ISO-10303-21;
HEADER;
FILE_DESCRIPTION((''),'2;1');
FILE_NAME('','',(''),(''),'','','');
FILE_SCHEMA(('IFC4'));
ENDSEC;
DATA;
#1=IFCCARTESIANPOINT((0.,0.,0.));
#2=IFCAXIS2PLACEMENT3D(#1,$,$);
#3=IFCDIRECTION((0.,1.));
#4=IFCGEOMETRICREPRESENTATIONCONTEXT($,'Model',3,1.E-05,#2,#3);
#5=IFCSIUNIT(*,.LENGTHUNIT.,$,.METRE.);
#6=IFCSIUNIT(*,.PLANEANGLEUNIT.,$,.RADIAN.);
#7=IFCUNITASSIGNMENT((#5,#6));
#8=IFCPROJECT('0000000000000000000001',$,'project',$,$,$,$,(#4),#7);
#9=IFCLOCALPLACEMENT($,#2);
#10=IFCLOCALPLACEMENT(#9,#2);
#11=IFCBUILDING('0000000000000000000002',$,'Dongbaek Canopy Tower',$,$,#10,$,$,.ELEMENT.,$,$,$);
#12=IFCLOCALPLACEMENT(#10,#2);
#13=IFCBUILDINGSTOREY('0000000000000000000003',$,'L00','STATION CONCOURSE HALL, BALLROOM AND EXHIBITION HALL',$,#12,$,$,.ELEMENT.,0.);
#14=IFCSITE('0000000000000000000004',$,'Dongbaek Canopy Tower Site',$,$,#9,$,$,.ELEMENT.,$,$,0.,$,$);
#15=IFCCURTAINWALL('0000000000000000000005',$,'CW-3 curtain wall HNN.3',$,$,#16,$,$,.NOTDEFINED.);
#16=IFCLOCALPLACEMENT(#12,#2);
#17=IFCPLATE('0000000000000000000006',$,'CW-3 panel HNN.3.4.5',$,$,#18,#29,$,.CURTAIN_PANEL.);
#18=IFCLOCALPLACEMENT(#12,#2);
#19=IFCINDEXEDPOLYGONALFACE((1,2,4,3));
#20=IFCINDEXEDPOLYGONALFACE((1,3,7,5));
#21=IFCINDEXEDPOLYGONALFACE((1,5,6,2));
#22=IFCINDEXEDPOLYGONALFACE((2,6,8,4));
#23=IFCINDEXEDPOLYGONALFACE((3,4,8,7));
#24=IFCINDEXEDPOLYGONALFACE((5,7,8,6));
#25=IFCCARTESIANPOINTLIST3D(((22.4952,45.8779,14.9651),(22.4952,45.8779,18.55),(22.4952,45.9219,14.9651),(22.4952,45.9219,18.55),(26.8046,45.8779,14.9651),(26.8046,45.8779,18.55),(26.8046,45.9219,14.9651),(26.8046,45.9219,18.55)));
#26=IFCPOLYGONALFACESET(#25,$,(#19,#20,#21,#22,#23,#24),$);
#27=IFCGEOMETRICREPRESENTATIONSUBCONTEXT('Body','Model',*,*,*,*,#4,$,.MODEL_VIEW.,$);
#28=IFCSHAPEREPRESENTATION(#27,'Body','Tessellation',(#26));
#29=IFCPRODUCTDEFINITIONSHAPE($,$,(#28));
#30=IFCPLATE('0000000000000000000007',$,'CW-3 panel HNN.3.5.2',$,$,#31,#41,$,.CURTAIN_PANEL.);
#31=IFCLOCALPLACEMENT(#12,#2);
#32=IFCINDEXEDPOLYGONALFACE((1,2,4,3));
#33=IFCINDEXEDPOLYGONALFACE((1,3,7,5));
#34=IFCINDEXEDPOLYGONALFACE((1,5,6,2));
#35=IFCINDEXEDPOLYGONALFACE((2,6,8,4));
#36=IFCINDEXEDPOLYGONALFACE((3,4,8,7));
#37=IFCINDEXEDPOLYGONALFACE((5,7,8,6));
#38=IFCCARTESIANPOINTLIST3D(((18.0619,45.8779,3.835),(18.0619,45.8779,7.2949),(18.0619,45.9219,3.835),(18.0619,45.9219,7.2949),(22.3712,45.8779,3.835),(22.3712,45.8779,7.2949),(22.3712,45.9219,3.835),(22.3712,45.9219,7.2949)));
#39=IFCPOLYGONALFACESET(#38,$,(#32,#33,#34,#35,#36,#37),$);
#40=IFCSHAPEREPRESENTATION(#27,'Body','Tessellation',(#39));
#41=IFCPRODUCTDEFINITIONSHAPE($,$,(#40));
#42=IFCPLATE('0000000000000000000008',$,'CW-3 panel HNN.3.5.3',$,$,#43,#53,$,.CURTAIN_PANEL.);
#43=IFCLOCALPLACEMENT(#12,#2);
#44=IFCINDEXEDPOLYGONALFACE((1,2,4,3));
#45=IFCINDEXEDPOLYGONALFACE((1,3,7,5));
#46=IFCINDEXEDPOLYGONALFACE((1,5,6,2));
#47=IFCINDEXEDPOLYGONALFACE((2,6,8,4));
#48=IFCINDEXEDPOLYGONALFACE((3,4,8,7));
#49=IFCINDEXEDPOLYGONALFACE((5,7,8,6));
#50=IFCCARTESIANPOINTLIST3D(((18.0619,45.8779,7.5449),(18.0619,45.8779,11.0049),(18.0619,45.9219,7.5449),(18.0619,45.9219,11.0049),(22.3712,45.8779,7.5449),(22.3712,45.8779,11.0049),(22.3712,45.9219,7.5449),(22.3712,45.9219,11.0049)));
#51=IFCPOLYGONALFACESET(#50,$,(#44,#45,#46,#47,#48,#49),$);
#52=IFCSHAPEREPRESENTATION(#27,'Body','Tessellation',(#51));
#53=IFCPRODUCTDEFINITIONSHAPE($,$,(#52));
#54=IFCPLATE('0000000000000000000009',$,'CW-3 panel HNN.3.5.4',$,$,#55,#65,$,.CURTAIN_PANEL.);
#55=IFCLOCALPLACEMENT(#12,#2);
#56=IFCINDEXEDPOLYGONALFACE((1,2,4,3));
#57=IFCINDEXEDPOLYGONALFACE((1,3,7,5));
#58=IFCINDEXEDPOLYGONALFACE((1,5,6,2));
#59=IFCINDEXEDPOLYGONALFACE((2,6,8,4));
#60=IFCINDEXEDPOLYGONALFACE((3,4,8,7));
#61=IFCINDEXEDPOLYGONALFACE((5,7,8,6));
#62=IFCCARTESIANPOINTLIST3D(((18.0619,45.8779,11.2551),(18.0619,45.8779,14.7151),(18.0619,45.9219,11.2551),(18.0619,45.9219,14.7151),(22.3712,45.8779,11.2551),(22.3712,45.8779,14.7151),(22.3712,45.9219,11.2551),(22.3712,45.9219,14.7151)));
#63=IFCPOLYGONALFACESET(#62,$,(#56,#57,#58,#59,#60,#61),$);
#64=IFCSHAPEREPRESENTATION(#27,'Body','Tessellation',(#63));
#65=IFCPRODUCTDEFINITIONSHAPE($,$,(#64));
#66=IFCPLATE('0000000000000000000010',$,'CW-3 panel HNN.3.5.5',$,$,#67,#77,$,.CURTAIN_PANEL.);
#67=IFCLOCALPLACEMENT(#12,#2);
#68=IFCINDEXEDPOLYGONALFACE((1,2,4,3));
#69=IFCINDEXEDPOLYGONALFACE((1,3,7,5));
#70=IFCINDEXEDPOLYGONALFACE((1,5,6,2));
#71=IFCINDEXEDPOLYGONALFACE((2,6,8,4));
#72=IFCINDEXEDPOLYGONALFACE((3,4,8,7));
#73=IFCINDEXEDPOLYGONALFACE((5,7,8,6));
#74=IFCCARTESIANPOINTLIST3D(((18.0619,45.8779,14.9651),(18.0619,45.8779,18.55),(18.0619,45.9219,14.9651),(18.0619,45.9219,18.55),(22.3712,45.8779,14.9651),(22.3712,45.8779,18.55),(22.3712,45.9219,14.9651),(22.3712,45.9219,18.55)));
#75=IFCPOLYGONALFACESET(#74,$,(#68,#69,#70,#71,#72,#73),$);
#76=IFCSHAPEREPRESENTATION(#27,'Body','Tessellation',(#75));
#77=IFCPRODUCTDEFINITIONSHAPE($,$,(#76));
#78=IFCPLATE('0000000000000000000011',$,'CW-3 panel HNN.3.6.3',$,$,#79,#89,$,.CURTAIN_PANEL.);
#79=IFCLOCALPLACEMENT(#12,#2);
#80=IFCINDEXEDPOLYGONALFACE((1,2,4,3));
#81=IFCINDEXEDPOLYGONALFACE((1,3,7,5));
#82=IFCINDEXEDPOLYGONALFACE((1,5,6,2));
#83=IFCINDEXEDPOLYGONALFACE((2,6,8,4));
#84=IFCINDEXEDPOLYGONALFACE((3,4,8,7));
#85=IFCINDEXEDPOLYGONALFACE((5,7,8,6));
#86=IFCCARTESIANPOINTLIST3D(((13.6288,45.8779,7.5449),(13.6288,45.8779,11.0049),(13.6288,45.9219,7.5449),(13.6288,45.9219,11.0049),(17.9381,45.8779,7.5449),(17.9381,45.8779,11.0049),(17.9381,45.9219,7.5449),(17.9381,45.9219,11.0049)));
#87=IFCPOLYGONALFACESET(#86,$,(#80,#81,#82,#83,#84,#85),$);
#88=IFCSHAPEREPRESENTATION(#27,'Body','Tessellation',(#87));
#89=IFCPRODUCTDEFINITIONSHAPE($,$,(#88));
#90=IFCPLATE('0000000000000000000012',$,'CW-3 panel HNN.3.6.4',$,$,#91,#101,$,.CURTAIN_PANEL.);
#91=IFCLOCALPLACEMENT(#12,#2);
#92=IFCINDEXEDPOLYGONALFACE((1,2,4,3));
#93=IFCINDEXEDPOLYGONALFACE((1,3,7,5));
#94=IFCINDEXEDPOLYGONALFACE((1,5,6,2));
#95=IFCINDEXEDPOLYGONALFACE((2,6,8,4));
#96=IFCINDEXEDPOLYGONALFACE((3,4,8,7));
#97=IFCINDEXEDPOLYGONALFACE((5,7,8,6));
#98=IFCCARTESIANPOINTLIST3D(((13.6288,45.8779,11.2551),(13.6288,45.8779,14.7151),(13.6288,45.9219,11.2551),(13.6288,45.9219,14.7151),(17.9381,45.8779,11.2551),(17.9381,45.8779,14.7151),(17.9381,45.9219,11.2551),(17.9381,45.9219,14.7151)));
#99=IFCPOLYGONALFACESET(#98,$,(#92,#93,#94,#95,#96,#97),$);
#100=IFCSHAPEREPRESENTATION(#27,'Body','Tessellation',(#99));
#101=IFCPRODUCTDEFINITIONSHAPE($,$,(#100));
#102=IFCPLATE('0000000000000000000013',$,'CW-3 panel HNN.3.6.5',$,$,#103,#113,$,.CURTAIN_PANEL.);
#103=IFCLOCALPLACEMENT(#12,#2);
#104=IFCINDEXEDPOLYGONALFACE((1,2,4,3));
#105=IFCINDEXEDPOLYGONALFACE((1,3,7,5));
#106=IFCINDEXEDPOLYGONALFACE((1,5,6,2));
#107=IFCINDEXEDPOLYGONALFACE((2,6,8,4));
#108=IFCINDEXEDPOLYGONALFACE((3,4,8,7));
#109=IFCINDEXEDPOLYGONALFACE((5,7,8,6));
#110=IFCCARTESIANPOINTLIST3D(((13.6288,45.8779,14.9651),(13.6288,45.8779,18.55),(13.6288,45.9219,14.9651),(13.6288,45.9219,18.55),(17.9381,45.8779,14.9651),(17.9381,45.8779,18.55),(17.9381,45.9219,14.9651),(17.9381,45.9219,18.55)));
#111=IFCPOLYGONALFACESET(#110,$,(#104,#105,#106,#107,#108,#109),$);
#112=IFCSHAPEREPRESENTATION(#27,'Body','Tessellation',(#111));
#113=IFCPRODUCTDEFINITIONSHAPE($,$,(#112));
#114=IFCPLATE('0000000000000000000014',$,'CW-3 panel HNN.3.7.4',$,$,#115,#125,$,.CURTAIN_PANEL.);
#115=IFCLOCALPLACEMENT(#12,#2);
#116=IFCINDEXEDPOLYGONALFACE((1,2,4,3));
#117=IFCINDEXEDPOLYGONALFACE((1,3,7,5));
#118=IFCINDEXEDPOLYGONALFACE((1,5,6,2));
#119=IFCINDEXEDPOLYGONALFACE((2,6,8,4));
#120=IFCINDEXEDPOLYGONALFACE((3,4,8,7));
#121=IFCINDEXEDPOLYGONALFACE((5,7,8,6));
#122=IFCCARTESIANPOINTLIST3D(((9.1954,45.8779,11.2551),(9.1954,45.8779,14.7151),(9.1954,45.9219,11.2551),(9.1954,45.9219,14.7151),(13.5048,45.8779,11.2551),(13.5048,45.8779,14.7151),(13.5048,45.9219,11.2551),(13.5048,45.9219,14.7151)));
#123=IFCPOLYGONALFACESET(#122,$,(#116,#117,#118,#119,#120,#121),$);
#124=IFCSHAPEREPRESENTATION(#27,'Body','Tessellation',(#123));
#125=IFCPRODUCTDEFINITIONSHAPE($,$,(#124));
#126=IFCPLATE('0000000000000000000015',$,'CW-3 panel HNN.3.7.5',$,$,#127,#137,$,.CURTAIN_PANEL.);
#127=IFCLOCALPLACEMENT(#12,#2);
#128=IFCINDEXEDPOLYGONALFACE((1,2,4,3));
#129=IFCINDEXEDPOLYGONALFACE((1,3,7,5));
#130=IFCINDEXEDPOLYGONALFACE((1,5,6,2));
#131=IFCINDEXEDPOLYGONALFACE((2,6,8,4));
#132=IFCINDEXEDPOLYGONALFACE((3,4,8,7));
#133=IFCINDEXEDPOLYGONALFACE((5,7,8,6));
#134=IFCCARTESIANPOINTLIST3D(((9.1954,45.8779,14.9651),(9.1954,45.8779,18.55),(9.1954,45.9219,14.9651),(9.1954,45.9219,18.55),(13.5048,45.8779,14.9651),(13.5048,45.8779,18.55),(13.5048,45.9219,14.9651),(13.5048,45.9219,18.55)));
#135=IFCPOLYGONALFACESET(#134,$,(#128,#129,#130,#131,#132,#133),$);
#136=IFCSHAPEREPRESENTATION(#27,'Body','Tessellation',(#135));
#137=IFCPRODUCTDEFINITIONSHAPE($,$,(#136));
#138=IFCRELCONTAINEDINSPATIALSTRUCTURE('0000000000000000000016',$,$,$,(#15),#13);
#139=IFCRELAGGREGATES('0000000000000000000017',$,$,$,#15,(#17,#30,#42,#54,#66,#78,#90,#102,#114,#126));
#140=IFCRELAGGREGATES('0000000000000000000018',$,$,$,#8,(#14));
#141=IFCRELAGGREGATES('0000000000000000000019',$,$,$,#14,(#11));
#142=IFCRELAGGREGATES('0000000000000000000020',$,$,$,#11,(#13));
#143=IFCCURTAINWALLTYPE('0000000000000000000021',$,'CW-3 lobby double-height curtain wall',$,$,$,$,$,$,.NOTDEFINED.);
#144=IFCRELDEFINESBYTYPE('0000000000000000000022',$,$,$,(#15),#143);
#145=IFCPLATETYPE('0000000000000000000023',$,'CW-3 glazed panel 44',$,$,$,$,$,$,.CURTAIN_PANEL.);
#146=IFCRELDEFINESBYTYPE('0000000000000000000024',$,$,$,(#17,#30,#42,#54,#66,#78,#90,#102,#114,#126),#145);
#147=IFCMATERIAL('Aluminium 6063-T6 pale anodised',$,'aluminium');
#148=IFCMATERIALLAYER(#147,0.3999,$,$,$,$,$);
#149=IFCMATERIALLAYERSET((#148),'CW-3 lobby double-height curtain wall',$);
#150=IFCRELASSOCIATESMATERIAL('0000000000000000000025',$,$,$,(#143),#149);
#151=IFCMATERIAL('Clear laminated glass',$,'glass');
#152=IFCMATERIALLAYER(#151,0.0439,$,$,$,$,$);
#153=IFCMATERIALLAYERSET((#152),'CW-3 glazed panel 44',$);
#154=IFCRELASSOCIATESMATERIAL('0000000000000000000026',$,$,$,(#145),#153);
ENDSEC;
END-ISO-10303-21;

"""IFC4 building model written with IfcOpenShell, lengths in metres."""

from ifc_helpers import new_model, si_unit, direction, frame, origin, origin_2d, place, context, subcontext, project, spatial, rectangle, extrude, material, layer, layer_set, type_object, element, aggregate, save


model = new_model("IFC4")

# Units and contexts
model_context = context("Model", 3, precision=1e-05, world=origin(), true_north=direction((0.0, 1.0)))
body_context = subcontext(model_context, "Body", "Model", "MODEL_VIEW")
ifc_project = project(units=[si_unit("LENGTHUNIT", "METRE"), si_unit("PLANEANGLEUNIT", "RADIAN")], contexts=[model_context])

# Site, building, storey
site_placement = place(None, origin())
site = spatial("IfcSite", under=ifc_project, at=site_placement, Name="Dongbaek Canopy Tower Site", CompositionType="ELEMENT", RefElevation=0.0)
building_placement = place(site_placement, origin())
building = spatial("IfcBuilding", under=site, at=building_placement, Name="Dongbaek Canopy Tower", CompositionType="ELEMENT")
storey_placement = place(building_placement, origin())
storey = spatial("IfcBuildingStorey", under=building, at=storey_placement, Name="L00", Description="STATION CONCOURSE HALL, BALLROOM AND EXHIBITION HALL", CompositionType="ELEMENT", Elevation=0.0)

# Shared definitions
ifc_material_1 = material(Name="Aluminium 6063-T6 pale anodised", Category="aluminium")
ifc_layer_1 = layer(ifc_material_1, 0.3999)
ifc_layer_set_1 = layer_set([ifc_layer_1], Name="CW-3 lobby double-height curtain wall")
curtain_wall_type = type_object("IfcCurtainWallType", Name="CW-3 lobby double-height curtain wall", PredefinedType="NOTDEFINED", material=ifc_layer_set_1)

# Curtain wall
curtain_wall_1_placement = place(storey_placement, origin())
curtain_wall_1 = element("IfcCurtainWall", 1, at=curtain_wall_1_placement, inside=storey, type_object=curtain_wall_type, Name="CW-3 curtain wall HNN.3", PredefinedType="NOTDEFINED")

# Plates
ifc_material_2 = material(Name="Clear laminated glass", Category="glass")
ifc_layer_2 = layer(ifc_material_2, 0.0439)
ifc_layer_set_2 = layer_set([ifc_layer_2], Name="CW-3 glazed panel 44")
plate_type = type_object("IfcPlateType", Name="CW-3 glazed panel 44", PredefinedType="CURTAIN_PANEL", material=ifc_layer_set_2)
plate_1_placement = place(storey_placement, frame((24.6499, 45.8999, 14.9651), z_axis=(0.0, 0.0, 1.0), x_axis=(-1.0, 0.0, 0.0)))
plate_1 = element("IfcPlate", 2, at=plate_1_placement, type_object=plate_type, Name="CW-3 panel HNN.3.4.5", PredefinedType="CURTAIN_PANEL", context=body_context, shape_type="SweptSolid", body=[
    extrude(rectangle(XDim=4.3093, YDim=0.0439, at=origin_2d()), origin(), (0.0, 0.0, 1.0), 3.585),
])
plate_2_placement = place(storey_placement, frame((20.2166, 45.8999, 3.835), z_axis=(0.0, 0.0, 1.0), x_axis=(-1.0, 0.0, 0.0)))
plate_2 = element("IfcPlate", 3, at=plate_2_placement, type_object=plate_type, Name="CW-3 panel HNN.3.5.2", PredefinedType="CURTAIN_PANEL", context=body_context, shape_type="SweptSolid", body=[
    extrude(rectangle(XDim=4.3093, YDim=0.0439, at=origin_2d()), origin(), (0.0, 0.0, 1.0), 3.46),
])
plate_3_placement = place(storey_placement, frame((20.2166, 45.8999, 7.5449), z_axis=(0.0, 0.0, 1.0), x_axis=(-1.0, 0.0, 0.0)))
plate_3 = element("IfcPlate", 4, at=plate_3_placement, type_object=plate_type, Name="CW-3 panel HNN.3.5.3", PredefinedType="CURTAIN_PANEL", context=body_context, shape_type="SweptSolid", body=[
    extrude(rectangle(XDim=4.3093, YDim=0.0439, at=origin_2d()), origin(), (0.0, 0.0, 1.0), 3.46),
])
plate_4_placement = place(storey_placement, frame((20.2166, 45.8999, 11.2551), z_axis=(0.0, 0.0, 1.0), x_axis=(-1.0, 0.0, 0.0)))
plate_4 = element("IfcPlate", 5, at=plate_4_placement, type_object=plate_type, Name="CW-3 panel HNN.3.5.4", PredefinedType="CURTAIN_PANEL", context=body_context, shape_type="SweptSolid", body=[
    extrude(rectangle(XDim=4.3093, YDim=0.0439, at=origin_2d()), origin(), (0.0, 0.0, 1.0), 3.46),
])
plate_5_placement = place(storey_placement, frame((20.2166, 45.8999, 14.9651), z_axis=(0.0, 0.0, 1.0), x_axis=(-1.0, 0.0, 0.0)))
plate_5 = element("IfcPlate", 6, at=plate_5_placement, type_object=plate_type, Name="CW-3 panel HNN.3.5.5", PredefinedType="CURTAIN_PANEL", context=body_context, shape_type="SweptSolid", body=[
    extrude(rectangle(XDim=4.3093, YDim=0.0439, at=origin_2d()), origin(), (0.0, 0.0, 1.0), 3.585),
])
plate_6_placement = place(storey_placement, frame((15.7834, 45.8999, 7.5449), z_axis=(0.0, 0.0, 1.0), x_axis=(-1.0, 0.0, 0.0)))
plate_6 = element("IfcPlate", 7, at=plate_6_placement, type_object=plate_type, Name="CW-3 panel HNN.3.6.3", PredefinedType="CURTAIN_PANEL", context=body_context, shape_type="SweptSolid", body=[
    extrude(rectangle(XDim=4.3093, YDim=0.0439, at=origin_2d()), origin(), (0.0, 0.0, 1.0), 3.46),
])
plate_7_placement = place(storey_placement, frame((15.7834, 45.8999, 11.2551), z_axis=(0.0, 0.0, 1.0), x_axis=(-1.0, 0.0, 0.0)))
plate_7 = element("IfcPlate", 8, at=plate_7_placement, type_object=plate_type, Name="CW-3 panel HNN.3.6.4", PredefinedType="CURTAIN_PANEL", context=body_context, shape_type="SweptSolid", body=[
    extrude(rectangle(XDim=4.3093, YDim=0.0439, at=origin_2d()), origin(), (0.0, 0.0, 1.0), 3.46),
])
plate_8_placement = place(storey_placement, frame((15.7834, 45.8999, 14.9651), z_axis=(0.0, 0.0, 1.0), x_axis=(-1.0, 0.0, 0.0)))
plate_8 = element("IfcPlate", 9, at=plate_8_placement, type_object=plate_type, Name="CW-3 panel HNN.3.6.5", PredefinedType="CURTAIN_PANEL", context=body_context, shape_type="SweptSolid", body=[
    extrude(rectangle(XDim=4.3093, YDim=0.0439, at=origin_2d()), origin(), (0.0, 0.0, 1.0), 3.585),
])
plate_9_placement = place(storey_placement, frame((11.3501, 45.8999, 11.2551), z_axis=(0.0, 0.0, 1.0), x_axis=(-1.0, 0.0, 0.0)))
plate_9 = element("IfcPlate", 10, at=plate_9_placement, type_object=plate_type, Name="CW-3 panel HNN.3.7.4", PredefinedType="CURTAIN_PANEL", context=body_context, shape_type="SweptSolid", body=[
    extrude(rectangle(XDim=4.3093, YDim=0.0439, at=origin_2d()), origin(), (0.0, 0.0, 1.0), 3.46),
])
plate_10_placement = place(storey_placement, frame((11.3501, 45.8999, 14.9651), z_axis=(0.0, 0.0, 1.0), x_axis=(-1.0, 0.0, 0.0)))
plate_10 = element("IfcPlate", 11, at=plate_10_placement, type_object=plate_type, Name="CW-3 panel HNN.3.7.5", PredefinedType="CURTAIN_PANEL", context=body_context, shape_type="SweptSolid", body=[
    extrude(rectangle(XDim=4.3093, YDim=0.0439, at=origin_2d()), origin(), (0.0, 0.0, 1.0), 3.585),
])
aggregate(curtain_wall_1, [plate_1, plate_2, plate_3, plate_4, plate_5, plate_6, plate_7, plate_8, plate_9, plate_10])

save(model, "model.ifc")
